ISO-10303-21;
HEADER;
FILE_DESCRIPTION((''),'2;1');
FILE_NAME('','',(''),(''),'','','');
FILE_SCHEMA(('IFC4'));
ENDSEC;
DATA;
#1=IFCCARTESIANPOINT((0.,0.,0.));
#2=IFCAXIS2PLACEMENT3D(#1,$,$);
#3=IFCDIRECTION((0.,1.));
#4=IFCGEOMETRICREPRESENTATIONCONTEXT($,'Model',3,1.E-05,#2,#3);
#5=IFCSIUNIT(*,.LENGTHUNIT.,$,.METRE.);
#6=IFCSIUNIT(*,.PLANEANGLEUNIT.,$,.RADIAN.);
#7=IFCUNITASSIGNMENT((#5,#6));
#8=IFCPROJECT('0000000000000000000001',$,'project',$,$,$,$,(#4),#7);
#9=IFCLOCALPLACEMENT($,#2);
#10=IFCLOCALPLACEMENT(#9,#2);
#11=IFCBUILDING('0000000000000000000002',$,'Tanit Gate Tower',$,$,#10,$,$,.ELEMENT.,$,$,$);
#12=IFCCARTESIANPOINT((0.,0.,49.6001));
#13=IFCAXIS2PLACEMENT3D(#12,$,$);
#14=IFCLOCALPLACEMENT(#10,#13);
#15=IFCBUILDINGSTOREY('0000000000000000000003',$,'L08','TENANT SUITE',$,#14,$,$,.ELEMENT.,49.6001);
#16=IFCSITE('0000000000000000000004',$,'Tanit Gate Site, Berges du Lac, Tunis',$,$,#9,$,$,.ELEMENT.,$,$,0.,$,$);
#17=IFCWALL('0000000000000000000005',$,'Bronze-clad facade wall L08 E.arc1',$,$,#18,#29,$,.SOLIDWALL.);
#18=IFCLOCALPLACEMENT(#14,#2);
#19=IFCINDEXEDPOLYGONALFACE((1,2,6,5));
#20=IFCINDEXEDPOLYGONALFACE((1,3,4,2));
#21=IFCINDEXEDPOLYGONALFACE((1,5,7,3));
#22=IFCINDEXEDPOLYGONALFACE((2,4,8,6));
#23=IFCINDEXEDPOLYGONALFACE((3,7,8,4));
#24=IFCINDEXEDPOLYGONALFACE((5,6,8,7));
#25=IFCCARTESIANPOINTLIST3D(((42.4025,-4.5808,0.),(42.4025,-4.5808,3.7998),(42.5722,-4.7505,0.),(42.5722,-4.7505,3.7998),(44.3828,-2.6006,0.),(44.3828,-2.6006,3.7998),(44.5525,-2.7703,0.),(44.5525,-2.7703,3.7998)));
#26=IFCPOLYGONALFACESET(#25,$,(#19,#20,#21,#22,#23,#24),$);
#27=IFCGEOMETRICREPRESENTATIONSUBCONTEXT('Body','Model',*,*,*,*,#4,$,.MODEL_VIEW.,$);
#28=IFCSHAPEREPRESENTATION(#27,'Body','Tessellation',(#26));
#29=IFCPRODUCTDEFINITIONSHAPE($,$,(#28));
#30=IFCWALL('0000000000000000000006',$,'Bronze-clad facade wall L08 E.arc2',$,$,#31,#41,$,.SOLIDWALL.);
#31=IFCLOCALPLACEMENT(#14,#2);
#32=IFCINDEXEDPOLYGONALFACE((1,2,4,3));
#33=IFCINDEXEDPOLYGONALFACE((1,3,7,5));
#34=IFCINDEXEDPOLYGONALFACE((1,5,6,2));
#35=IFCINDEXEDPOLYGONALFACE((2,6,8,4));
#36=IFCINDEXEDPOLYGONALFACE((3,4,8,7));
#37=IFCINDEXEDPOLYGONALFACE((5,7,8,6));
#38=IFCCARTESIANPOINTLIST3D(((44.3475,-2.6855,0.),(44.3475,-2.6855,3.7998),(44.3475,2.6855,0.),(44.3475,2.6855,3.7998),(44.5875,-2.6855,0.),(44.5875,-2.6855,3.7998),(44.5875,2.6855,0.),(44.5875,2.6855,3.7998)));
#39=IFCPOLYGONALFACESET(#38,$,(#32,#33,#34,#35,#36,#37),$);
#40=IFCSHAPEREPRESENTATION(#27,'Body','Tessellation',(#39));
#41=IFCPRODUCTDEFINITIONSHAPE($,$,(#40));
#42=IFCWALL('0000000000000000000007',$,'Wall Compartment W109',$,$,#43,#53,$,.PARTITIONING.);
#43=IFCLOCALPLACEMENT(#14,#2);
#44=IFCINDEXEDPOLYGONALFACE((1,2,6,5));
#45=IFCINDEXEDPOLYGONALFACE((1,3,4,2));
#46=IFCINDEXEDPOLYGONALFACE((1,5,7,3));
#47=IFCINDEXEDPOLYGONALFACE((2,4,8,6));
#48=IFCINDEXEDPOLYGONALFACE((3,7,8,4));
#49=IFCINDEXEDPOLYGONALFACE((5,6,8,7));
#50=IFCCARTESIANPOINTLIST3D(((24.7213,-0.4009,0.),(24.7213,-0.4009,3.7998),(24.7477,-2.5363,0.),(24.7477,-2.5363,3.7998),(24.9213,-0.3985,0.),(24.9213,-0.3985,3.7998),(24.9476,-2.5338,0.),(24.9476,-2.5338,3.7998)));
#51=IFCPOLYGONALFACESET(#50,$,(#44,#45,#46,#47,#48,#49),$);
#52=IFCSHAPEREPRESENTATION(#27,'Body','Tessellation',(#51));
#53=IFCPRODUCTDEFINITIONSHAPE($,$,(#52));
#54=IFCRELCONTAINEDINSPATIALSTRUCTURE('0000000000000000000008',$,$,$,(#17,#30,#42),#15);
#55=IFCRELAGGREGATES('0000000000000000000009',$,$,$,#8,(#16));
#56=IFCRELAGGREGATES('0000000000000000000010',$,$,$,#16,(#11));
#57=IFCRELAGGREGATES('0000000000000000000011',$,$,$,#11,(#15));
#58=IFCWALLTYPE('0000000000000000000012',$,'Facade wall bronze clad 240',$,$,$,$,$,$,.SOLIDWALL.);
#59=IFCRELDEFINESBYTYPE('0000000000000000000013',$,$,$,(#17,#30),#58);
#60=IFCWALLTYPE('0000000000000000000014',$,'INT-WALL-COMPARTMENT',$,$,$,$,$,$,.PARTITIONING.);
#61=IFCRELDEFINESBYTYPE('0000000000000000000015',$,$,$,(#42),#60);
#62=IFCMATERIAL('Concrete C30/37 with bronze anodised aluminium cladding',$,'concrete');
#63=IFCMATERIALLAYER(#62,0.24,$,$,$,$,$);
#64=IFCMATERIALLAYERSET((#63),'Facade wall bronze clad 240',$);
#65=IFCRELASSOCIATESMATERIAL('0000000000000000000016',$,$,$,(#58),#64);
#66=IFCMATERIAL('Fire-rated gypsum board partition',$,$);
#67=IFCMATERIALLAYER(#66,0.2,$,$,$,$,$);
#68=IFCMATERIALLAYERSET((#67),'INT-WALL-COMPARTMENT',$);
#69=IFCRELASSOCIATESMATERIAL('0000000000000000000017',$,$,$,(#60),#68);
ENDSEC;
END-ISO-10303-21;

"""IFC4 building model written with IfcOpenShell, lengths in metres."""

from ifc_helpers import new_model, si_unit, direction, frame, frame_2d, origin, place, context, subcontext, project, spatial, rectangle, extrude, material, layer, layer_set, type_object, element, save


model = new_model("IFC4")

# Units and contexts
model_context = context("Model", 3, precision=1e-05, world=origin(), true_north=direction((0.0, 1.0)))
body_context = subcontext(model_context, "Body", "Model", "MODEL_VIEW")
ifc_project = project(units=[si_unit("LENGTHUNIT", "METRE"), si_unit("PLANEANGLEUNIT", "RADIAN")], contexts=[model_context])

# Site, building, storey
site_placement = place(None, origin())
site = spatial("IfcSite", under=ifc_project, at=site_placement, Name="Tanit Gate Site, Berges du Lac, Tunis", CompositionType="ELEMENT", RefElevation=0.0)
building_placement = place(site_placement, origin())
building = spatial("IfcBuilding", under=site, at=building_placement, Name="Tanit Gate Tower", CompositionType="ELEMENT")
storey_placement = place(building_placement, frame((0.0, 0.0, 49.6001)))
storey = spatial("IfcBuildingStorey", under=building, at=storey_placement, Name="L08", Description="TENANT SUITE", CompositionType="ELEMENT", Elevation=49.6001)

# Walls
ifc_material_1 = material(Name="Concrete C30/37 with bronze anodised aluminium cladding", Category="concrete")
ifc_layer_1 = layer(ifc_material_1, 0.24)
ifc_layer_set_1 = layer_set([ifc_layer_1], Name="Facade wall bronze clad 240")
wall_type_1 = type_object("IfcWallType", Name="Facade wall bronze clad 240", PredefinedType="SOLIDWALL", material=ifc_layer_set_1)
wall_1_placement = place(storey_placement, frame((42.4873, -4.6658, 0.0), z_axis=(0.0, 0.0, 1.0), x_axis=(0.707107, 0.707107, 0.0)))
element("IfcWall", 1, at=wall_1_placement, inside=storey, type_object=wall_type_1, Name="Bronze-clad facade wall L08 E.arc1", PredefinedType="SOLIDWALL", context=body_context, shape_type="SweptSolid", body=[
    extrude(rectangle(XDim=2.8005, YDim=0.24, at=frame_2d((1.4004, 0.0))), origin(), (0.0, 0.0, 1.0), 3.7998),
])
wall_2_placement = place(storey_placement, frame((44.4675, -2.6855, 0.0), z_axis=(0.0, 0.0, 1.0), x_axis=(0.0, 1.0, 0.0)))
element("IfcWall", 2, at=wall_2_placement, inside=storey, type_object=wall_type_1, Name="Bronze-clad facade wall L08 E.arc2", PredefinedType="SOLIDWALL", context=body_context, shape_type="SweptSolid", body=[
    extrude(rectangle(XDim=5.3711, YDim=0.24, at=frame_2d((2.6855, 0.0))), origin(), (0.0, 0.0, 1.0), 3.7998),
])
ifc_material_2 = material(Name="Fire-rated gypsum board partition")
ifc_layer_2 = layer(ifc_material_2, 0.2)
ifc_layer_set_2 = layer_set([ifc_layer_2], Name="INT-WALL-COMPARTMENT")
wall_type_2 = type_object("IfcWallType", Name="INT-WALL-COMPARTMENT", PredefinedType="PARTITIONING", material=ifc_layer_set_2)
wall_3_placement = place(storey_placement, frame((24.8477, -2.5352, 0.0), z_axis=(0.0, 0.0, 1.0), x_axis=(-0.012348, 0.999924, 0.0)))
element("IfcWall", 3, at=wall_3_placement, inside=storey, type_object=wall_type_2, Name="Wall Compartment W109", PredefinedType="PARTITIONING", context=body_context, shape_type="SweptSolid", body=[
    extrude(rectangle(XDim=2.1355, YDim=0.2, at=frame_2d((1.0679, 0.0))), origin(), (0.0, 0.0, 1.0), 3.7998),
])

save(model, "model.ifc")
